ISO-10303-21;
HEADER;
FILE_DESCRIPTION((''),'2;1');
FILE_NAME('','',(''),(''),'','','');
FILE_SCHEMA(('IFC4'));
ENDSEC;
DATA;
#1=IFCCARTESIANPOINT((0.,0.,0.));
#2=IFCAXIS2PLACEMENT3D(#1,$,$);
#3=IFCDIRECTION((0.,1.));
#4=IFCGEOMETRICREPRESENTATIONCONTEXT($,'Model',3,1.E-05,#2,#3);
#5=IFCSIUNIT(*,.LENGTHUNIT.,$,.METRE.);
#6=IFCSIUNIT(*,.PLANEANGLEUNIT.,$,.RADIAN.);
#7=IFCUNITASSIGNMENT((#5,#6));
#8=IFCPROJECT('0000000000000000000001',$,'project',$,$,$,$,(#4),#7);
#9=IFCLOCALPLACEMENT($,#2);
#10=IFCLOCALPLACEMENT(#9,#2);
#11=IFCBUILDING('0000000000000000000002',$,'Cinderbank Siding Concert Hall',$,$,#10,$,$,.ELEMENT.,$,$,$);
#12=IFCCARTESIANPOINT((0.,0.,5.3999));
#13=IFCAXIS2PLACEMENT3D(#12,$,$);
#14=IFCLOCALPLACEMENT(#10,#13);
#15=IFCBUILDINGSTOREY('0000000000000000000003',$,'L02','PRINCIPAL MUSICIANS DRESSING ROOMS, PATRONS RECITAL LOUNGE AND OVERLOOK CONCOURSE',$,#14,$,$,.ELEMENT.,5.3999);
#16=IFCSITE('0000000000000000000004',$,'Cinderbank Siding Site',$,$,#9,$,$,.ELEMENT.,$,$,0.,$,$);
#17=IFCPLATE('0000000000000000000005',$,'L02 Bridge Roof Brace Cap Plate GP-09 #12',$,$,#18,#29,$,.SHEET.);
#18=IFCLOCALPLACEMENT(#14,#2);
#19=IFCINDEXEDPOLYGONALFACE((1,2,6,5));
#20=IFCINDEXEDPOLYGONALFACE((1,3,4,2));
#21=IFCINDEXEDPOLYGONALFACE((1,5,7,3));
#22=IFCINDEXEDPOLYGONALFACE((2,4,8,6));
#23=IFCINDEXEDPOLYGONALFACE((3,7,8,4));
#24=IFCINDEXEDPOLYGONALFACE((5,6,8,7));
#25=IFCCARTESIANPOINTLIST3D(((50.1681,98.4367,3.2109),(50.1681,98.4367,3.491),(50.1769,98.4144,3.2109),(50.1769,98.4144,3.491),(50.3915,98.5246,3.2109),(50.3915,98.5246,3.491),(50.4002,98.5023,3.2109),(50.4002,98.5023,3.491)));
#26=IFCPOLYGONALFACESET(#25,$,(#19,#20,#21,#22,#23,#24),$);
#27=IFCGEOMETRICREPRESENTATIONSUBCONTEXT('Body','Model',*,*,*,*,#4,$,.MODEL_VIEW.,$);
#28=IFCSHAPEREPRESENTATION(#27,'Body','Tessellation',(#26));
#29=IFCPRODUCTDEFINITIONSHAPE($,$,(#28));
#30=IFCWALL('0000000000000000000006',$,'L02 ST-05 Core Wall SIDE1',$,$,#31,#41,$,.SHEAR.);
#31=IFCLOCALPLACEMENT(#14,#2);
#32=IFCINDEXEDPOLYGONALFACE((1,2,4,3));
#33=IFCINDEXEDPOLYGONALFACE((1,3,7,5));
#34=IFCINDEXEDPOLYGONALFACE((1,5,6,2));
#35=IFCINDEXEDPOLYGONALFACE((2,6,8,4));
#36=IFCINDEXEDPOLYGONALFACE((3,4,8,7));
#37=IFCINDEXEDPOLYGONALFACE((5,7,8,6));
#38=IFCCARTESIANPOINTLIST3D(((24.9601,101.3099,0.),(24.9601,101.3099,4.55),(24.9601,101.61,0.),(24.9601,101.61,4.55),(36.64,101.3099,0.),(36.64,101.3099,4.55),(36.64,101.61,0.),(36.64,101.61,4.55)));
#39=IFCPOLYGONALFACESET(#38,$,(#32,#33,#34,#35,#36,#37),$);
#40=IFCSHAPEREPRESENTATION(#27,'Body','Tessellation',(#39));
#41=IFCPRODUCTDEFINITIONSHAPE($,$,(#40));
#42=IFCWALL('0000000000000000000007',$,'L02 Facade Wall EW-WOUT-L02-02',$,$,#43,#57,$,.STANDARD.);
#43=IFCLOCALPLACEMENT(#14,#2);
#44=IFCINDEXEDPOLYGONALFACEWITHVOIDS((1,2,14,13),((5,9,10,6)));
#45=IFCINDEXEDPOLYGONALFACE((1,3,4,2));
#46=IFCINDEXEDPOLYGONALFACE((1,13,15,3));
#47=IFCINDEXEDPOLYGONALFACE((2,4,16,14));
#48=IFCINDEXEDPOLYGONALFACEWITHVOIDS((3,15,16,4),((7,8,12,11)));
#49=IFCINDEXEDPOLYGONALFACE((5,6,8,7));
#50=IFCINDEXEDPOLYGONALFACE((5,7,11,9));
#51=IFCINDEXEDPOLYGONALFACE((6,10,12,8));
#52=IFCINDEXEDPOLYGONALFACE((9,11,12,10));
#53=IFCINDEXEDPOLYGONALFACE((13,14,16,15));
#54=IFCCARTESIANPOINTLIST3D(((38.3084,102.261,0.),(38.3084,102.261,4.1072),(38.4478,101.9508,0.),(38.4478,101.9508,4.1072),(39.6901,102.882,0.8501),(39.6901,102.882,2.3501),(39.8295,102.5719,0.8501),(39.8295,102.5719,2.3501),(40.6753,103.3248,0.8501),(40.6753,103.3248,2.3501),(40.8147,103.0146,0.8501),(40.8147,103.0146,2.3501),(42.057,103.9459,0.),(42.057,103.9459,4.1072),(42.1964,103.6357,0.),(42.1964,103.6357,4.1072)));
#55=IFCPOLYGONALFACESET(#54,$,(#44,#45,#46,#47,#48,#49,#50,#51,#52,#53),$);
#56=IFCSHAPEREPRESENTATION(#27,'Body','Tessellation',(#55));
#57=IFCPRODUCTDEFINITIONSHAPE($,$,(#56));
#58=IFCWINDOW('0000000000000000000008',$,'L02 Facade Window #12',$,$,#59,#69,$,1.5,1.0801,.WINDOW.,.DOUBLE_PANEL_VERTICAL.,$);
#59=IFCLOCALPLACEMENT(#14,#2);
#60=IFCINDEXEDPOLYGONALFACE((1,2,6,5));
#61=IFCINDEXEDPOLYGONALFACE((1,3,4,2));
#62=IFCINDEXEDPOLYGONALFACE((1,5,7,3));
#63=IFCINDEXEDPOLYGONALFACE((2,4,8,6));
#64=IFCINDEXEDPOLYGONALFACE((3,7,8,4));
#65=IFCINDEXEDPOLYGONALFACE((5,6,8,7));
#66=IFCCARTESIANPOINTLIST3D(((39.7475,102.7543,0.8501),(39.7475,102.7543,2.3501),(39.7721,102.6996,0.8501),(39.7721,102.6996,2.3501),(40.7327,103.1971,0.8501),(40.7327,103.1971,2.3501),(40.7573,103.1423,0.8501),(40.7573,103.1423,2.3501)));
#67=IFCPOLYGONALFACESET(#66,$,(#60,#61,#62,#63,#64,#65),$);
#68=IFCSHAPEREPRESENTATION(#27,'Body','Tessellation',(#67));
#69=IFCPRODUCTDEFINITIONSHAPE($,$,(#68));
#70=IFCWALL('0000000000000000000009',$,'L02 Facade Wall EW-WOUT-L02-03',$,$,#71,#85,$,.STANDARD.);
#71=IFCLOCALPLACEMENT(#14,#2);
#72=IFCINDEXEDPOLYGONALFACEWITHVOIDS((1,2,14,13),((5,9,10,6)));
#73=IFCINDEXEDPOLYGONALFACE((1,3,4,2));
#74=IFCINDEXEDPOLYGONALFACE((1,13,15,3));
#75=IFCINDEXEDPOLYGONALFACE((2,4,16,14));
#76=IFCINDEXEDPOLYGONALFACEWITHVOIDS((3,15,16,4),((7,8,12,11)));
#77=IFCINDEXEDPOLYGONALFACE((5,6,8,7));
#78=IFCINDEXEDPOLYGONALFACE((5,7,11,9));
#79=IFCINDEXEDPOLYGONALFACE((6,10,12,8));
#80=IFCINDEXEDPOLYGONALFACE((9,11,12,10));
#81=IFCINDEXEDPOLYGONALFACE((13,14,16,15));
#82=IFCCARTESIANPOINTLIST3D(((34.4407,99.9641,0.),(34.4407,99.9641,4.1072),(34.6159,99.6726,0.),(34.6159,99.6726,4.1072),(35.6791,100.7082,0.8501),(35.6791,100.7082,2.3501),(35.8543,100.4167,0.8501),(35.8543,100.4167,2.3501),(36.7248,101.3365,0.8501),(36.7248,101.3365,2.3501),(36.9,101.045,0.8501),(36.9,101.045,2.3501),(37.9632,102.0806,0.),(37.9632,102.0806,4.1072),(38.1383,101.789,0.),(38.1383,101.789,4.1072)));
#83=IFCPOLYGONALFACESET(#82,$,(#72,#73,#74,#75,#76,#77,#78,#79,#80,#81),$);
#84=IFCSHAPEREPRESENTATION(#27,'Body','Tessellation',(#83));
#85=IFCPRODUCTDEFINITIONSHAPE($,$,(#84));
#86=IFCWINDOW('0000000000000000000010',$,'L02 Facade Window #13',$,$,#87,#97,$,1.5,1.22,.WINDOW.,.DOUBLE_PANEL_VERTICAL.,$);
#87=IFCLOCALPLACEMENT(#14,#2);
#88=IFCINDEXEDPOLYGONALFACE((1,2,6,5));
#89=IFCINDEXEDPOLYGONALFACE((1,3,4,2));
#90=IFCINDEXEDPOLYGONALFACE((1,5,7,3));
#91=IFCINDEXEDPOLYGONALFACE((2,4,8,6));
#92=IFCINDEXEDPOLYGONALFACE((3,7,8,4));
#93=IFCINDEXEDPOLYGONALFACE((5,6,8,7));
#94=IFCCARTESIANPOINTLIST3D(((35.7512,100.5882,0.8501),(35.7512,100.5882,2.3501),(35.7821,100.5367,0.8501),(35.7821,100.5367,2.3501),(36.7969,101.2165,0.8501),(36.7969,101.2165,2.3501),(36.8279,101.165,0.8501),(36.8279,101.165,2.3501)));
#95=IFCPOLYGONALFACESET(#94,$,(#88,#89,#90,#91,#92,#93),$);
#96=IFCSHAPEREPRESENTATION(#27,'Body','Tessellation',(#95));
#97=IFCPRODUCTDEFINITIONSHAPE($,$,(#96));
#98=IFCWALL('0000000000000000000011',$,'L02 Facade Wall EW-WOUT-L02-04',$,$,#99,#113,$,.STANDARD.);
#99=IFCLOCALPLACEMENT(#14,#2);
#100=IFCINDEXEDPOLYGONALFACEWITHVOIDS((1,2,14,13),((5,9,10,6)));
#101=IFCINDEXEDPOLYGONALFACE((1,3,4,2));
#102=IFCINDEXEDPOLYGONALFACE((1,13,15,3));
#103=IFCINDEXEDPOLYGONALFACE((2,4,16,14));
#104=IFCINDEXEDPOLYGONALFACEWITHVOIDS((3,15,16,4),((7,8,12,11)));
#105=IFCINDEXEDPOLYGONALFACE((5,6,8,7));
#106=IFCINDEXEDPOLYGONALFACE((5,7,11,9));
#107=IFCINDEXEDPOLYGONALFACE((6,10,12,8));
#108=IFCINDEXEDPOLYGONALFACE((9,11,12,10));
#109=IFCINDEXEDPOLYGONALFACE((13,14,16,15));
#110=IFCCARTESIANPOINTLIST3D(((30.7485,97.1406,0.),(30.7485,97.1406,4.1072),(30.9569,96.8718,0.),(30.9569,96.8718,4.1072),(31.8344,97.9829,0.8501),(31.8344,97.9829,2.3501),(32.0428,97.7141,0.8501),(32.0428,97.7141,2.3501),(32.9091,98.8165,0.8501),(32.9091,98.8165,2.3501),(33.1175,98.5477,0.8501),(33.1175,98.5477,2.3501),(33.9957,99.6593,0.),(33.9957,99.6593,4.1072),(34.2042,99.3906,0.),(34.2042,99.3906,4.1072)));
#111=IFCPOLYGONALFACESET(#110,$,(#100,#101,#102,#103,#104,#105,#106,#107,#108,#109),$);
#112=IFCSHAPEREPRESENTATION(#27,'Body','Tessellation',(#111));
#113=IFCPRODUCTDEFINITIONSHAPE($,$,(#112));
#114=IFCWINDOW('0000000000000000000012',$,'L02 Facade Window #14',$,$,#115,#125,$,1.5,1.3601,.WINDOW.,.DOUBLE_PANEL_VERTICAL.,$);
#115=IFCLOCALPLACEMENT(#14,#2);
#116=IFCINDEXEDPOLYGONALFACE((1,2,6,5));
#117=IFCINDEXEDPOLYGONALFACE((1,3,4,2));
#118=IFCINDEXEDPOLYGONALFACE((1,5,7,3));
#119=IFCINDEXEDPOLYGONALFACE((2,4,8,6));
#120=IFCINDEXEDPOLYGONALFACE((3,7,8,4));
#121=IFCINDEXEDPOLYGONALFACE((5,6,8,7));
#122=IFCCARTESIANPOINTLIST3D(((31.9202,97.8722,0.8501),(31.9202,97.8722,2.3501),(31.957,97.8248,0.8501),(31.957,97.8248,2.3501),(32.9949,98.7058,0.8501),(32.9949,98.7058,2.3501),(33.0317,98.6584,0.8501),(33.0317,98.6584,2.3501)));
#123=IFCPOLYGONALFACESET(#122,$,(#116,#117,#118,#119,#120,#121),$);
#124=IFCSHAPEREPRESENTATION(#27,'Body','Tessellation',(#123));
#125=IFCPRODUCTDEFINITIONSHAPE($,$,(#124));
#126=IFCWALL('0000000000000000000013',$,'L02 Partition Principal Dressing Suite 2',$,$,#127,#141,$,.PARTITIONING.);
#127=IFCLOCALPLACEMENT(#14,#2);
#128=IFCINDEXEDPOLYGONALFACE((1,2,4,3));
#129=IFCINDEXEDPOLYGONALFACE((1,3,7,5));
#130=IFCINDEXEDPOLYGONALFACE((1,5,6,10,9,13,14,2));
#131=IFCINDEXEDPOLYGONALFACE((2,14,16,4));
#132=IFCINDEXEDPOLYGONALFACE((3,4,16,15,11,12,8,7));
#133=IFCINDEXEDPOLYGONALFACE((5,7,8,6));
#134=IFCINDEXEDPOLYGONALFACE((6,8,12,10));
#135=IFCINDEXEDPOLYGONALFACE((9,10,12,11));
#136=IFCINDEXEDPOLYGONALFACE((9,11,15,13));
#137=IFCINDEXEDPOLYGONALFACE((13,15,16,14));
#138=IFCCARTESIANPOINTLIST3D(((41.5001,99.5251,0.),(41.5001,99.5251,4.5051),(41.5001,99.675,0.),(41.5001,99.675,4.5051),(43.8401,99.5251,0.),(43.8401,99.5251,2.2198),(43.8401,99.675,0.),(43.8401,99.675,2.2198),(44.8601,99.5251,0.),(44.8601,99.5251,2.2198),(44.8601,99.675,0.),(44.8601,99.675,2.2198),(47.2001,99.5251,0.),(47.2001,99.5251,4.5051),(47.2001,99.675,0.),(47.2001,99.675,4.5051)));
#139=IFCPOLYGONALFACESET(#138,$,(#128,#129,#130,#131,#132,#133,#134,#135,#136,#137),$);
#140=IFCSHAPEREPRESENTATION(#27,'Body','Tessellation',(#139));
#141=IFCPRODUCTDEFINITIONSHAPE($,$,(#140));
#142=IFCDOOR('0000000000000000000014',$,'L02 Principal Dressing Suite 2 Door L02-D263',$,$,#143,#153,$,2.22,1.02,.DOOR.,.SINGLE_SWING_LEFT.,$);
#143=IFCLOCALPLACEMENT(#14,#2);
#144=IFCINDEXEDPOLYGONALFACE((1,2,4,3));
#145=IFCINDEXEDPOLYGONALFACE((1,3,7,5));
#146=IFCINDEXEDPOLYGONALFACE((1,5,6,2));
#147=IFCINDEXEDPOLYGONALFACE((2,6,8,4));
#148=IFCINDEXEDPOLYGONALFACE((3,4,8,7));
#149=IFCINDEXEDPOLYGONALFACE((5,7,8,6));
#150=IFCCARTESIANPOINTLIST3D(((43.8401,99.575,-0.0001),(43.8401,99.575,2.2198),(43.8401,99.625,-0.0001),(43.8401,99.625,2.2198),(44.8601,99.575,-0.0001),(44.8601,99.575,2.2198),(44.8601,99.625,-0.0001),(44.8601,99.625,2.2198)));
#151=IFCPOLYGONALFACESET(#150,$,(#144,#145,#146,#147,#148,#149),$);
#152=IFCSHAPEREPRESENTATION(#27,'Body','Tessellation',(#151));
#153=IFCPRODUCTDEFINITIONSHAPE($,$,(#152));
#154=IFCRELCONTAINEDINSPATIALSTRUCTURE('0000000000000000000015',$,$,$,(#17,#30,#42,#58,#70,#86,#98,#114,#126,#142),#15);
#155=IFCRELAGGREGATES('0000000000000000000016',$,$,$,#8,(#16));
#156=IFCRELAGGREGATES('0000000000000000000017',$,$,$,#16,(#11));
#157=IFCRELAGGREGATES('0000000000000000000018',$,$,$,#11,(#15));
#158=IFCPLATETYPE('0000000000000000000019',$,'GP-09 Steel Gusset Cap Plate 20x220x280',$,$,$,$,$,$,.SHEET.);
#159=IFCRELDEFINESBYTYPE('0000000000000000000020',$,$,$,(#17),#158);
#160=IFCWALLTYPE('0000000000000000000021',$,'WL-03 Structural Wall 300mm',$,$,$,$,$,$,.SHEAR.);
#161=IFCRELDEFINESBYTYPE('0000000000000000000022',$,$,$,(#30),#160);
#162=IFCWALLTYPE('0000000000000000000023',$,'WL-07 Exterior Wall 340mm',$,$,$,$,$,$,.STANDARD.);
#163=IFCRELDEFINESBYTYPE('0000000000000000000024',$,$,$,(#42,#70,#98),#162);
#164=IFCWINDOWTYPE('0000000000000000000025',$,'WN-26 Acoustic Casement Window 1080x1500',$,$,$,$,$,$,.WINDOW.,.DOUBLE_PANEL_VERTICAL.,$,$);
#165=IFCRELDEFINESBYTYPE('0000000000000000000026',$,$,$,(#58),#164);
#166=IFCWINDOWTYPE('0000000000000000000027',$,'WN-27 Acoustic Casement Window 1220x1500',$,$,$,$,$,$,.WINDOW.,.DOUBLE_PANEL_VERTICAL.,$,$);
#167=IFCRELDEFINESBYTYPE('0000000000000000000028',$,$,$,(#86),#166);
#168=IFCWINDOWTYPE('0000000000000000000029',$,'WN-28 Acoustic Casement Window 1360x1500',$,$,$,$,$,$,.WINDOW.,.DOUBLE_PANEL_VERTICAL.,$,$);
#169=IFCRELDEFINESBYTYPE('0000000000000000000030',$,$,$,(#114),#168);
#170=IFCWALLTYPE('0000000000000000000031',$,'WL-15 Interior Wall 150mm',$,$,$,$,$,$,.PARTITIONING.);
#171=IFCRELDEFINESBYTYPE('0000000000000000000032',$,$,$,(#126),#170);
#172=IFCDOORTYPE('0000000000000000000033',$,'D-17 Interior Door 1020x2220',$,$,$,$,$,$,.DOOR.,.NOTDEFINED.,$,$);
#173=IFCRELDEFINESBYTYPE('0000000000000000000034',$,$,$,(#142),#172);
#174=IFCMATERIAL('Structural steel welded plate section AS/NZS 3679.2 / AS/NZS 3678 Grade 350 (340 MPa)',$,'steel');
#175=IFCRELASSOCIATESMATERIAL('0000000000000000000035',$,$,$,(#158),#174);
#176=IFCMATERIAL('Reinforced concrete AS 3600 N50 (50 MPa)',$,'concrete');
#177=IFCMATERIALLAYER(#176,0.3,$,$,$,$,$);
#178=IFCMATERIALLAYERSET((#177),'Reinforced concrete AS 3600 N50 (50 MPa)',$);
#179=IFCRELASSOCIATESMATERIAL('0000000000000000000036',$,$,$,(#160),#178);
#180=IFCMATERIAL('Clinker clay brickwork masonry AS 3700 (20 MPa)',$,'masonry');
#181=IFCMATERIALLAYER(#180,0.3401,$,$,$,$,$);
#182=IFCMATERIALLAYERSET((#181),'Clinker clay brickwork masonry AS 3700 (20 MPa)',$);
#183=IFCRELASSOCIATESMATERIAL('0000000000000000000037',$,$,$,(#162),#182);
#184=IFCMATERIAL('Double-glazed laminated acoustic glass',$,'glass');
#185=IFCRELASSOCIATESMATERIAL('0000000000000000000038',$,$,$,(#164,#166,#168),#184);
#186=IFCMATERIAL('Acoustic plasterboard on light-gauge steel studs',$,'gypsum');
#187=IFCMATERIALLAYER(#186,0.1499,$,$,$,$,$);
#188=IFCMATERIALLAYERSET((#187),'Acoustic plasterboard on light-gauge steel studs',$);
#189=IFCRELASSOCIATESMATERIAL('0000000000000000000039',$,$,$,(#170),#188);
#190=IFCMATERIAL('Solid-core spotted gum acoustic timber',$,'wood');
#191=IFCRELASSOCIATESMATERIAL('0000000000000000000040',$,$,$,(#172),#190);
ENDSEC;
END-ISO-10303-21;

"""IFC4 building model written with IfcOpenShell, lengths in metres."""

from ifc_helpers import new_model, si_unit, direction, frame, frame_2d, origin, origin_2d, place, context, subcontext, project, spatial, rectangle, extrude, material, layer, layer_set, type_object, element, fill, save


model = new_model("IFC4")

# Units and contexts
model_context = context("Model", 3, precision=1e-05, world=origin(), true_north=direction((0.0, 1.0)))
body_context = subcontext(model_context, "Body", "Model", "MODEL_VIEW")
ifc_project = project(units=[si_unit("LENGTHUNIT", "METRE"), si_unit("PLANEANGLEUNIT", "RADIAN")], contexts=[model_context])

# Site, building, storey
site_placement = place(None, origin())
site = spatial("IfcSite", under=ifc_project, at=site_placement, Name="Cinderbank Siding Site", CompositionType="ELEMENT", RefElevation=0.0)
building_placement = place(site_placement, origin())
building = spatial("IfcBuilding", under=site, at=building_placement, Name="Cinderbank Siding Concert Hall", CompositionType="ELEMENT")
storey_placement = place(building_placement, frame((0.0, 0.0, 5.3999)))
storey = spatial("IfcBuildingStorey", under=building, at=storey_placement, Name="L02", Description="PRINCIPAL MUSICIANS DRESSING ROOMS, PATRONS RECITAL LOUNGE AND OVERLOOK CONCOURSE", CompositionType="ELEMENT", Elevation=5.3999)

# Shared definitions
ifc_material_1 = material(Name="Reinforced concrete AS 3600 N50 (50 MPa)", Category="concrete")

# Shared definitions
ifc_material_2 = material(Name="Structural steel welded plate section AS/NZS 3679.2 / AS/NZS 3678 Grade 350 (340 MPa)", Category="steel")

# Plate
plate_type = type_object("IfcPlateType", Name="GP-09 Steel Gusset Cap Plate 20x220x280", PredefinedType="SHEET", material=ifc_material_2)
plate_placement = place(storey_placement, frame((50.2842, 98.4695, 3.2109), z_axis=(0.0, 0.0, 1.0), x_axis=(0.366339, -0.930482, 0.0)))
element("IfcPlate", 1, at=plate_placement, inside=storey, type_object=plate_type, Name="L02 Bridge Roof Brace Cap Plate GP-09 #12", PredefinedType="SHEET", context=body_context, shape_type="SweptSolid", body=[
    extrude(rectangle(XDim=0.0239, YDim=0.24, at=origin_2d()), origin(), (0.0, 0.0, 1.0), 0.28),
])

# Wall
ifc_layer_1 = layer(ifc_material_1, 0.3)
ifc_layer_set_1 = layer_set([ifc_layer_1], Name="Reinforced concrete AS 3600 N50 (50 MPa)")
wall_type_1 = type_object("IfcWallType", Name="WL-03 Structural Wall 300mm", PredefinedType="SHEAR", material=ifc_layer_set_1)
wall_1_placement = place(storey_placement, frame((36.6399, 101.46, 0.0), z_axis=(0.0, 0.0, 1.0), x_axis=(-1.0, 0.0, 0.0)))
element("IfcWall", 2, at=wall_1_placement, inside=storey, type_object=wall_type_1, Name="L02 ST-05 Core Wall SIDE1", PredefinedType="SHEAR", context=body_context, shape_type="SweptSolid", body=[
    extrude(rectangle(XDim=11.6799, YDim=0.3, at=frame_2d((5.8398, 0.0))), origin(), (0.0, 0.0, 1.0), 4.55),
])

# Walls, openings, windows
ifc_material_3 = material(Name="Clinker clay brickwork masonry AS 3700 (20 MPa)", Category="masonry")
ifc_layer_2 = layer(ifc_material_3, 0.3401)
ifc_layer_set_2 = layer_set([ifc_layer_2], Name="Clinker clay brickwork masonry AS 3700 (20 MPa)")
wall_type_2 = type_object("IfcWallType", Name="WL-07 Exterior Wall 340mm", PredefinedType="STANDARD", material=ifc_layer_set_2)
wall_2_placement = place(storey_placement, frame((42.1267, 103.7908, 0.0), z_axis=(0.0, 0.0, 1.0), x_axis=(-0.912106, -0.409955, 0.0)))
wall_2 = element("IfcWall", 3, at=wall_2_placement, inside=storey, type_object=wall_type_2, Name="L02 Facade Wall EW-WOUT-L02-02", PredefinedType="STANDARD", context=body_context, shape_type="SweptSolid", body=[
    extrude(rectangle(XDim=4.1099, YDim=0.3401, at=frame_2d((2.0549, 0.0))), origin(), (0.0, 0.0, 1.0), 4.1072),
])
opening_1_placement = place(wall_2_placement, frame((1.5149, 0.0, 0.8501)))
opening_1 = element("IfcOpeningElement", 4, at=opening_1_placement, cuts=wall_2, PredefinedType="OPENING", context=body_context, shape_type="SweptSolid", body=[
    extrude(rectangle(XDim=1.0801, YDim=1.5, at=frame_2d((0.54, 0.75))), frame((0.0, 0.1821, 0.0), z_axis=(0.0, -1.0, 0.0), x_axis=(1.0, 0.0, 0.0)), (0.0, 0.0, 1.0), 0.364),
])
ifc_material_4 = material(Name="Double-glazed laminated acoustic glass", Category="glass")
window_type_1 = type_object("IfcWindowType", Name="WN-26 Acoustic Casement Window 1080x1500", PartitioningType="DOUBLE_PANEL_VERTICAL", PredefinedType="WINDOW", material=ifc_material_4)
window_1_placement = place(opening_1_placement, origin())
window_1 = element("IfcWindow", 5, at=window_1_placement, inside=storey, type_object=window_type_1, Name="L02 Facade Window #12", OverallHeight=1.5, OverallWidth=1.0801, PartitioningType="DOUBLE_PANEL_VERTICAL", PredefinedType="WINDOW", context=body_context, shape_type="SweptSolid", body=[
    extrude(rectangle(XDim=1.0801, YDim=1.5, at=frame_2d((0.54, 0.75))), frame((0.0, 0.03, 0.0), z_axis=(0.0, -1.0, 0.0), x_axis=(1.0, 0.0, 0.0)), (0.0, 0.0, 1.0), 0.0601),
])
fill(opening_1, window_1)
wall_3_placement = place(storey_placement, frame((34.5283, 99.8184, 0.0), z_axis=(0.0, 0.0, 1.0), x_axis=(0.857173, 0.515029, 0.0)))
wall_3 = element("IfcWall", 6, at=wall_3_placement, inside=storey, type_object=wall_type_2, Name="L02 Facade Wall EW-WOUT-L02-03", PredefinedType="STANDARD", context=body_context, shape_type="SweptSolid", body=[
    extrude(rectangle(XDim=4.1094, YDim=0.3401, at=frame_2d((2.0547, 0.0))), origin(), (0.0, 0.0, 1.0), 4.1072),
])
opening_2_placement = place(wall_3_placement, frame((1.4448, 0.0, 0.8501)))
opening_2 = element("IfcOpeningElement", 7, at=opening_2_placement, cuts=wall_3, PredefinedType="OPENING", context=body_context, shape_type="SweptSolid", body=[
    extrude(rectangle(XDim=1.22, YDim=1.5, at=frame_2d((0.6099, 0.75))), frame((0.0, 0.1821, 0.0), z_axis=(0.0, -1.0, 0.0), x_axis=(1.0, 0.0, 0.0)), (0.0, 0.0, 1.0), 0.364),
])
window_type_2 = type_object("IfcWindowType", Name="WN-27 Acoustic Casement Window 1220x1500", PartitioningType="DOUBLE_PANEL_VERTICAL", PredefinedType="WINDOW", material=ifc_material_4)
window_2_placement = place(opening_2_placement, origin())
window_2 = element("IfcWindow", 8, at=window_2_placement, inside=storey, type_object=window_type_2, Name="L02 Facade Window #13", OverallHeight=1.5, OverallWidth=1.22, PartitioningType="DOUBLE_PANEL_VERTICAL", PredefinedType="WINDOW", context=body_context, shape_type="SweptSolid", body=[
    extrude(rectangle(XDim=1.22, YDim=1.5, at=frame_2d((0.6099, 0.75))), frame((0.0, 0.03, 0.0), z_axis=(0.0, -1.0, 0.0), x_axis=(1.0, 0.0, 0.0)), (0.0, 0.0, 1.0), 0.0601),
])
fill(opening_2, window_2)
wall_4_placement = place(storey_placement, frame((34.0999, 99.5249, 0.0), z_axis=(0.0, 0.0, 1.0), x_axis=(-0.790164, -0.612895, 0.0)))
wall_4 = element("IfcWall", 9, at=wall_4_placement, inside=storey, type_object=wall_type_2, Name="L02 Facade Wall EW-WOUT-L02-04", PredefinedType="STANDARD", context=body_context, shape_type="SweptSolid", body=[
    extrude(rectangle(XDim=4.1096, YDim=0.3401, at=frame_2d((2.0547, 0.0))), origin(), (0.0, 0.0, 1.0), 4.1072),
])
opening_3_placement = place(wall_4_placement, frame((1.375, 0.0, 0.8501)))
opening_3 = element("IfcOpeningElement", 10, at=opening_3_placement, cuts=wall_4, PredefinedType="OPENING", context=body_context, shape_type="SweptSolid", body=[
    extrude(rectangle(XDim=1.3601, YDim=1.5, at=frame_2d((0.6802, 0.75))), frame((0.0, 0.1821, 0.0), z_axis=(0.0, -1.0, 0.0), x_axis=(1.0, 0.0, 0.0)), (0.0, 0.0, 1.0), 0.364),
])
window_type_3 = type_object("IfcWindowType", Name="WN-28 Acoustic Casement Window 1360x1500", PartitioningType="DOUBLE_PANEL_VERTICAL", PredefinedType="WINDOW", material=ifc_material_4)
window_3_placement = place(opening_3_placement, origin())
window_3 = element("IfcWindow", 11, at=window_3_placement, inside=storey, type_object=window_type_3, Name="L02 Facade Window #14", OverallHeight=1.5, OverallWidth=1.3601, PartitioningType="DOUBLE_PANEL_VERTICAL", PredefinedType="WINDOW", context=body_context, shape_type="SweptSolid", body=[
    extrude(rectangle(XDim=1.3601, YDim=1.5, at=frame_2d((0.6802, 0.75))), frame((0.0, 0.03, 0.0), z_axis=(0.0, -1.0, 0.0), x_axis=(1.0, 0.0, 0.0)), (0.0, 0.0, 1.0), 0.0601),
])
fill(opening_3, window_3)

# Wall, opening, door
ifc_material_5 = material(Name="Acoustic plasterboard on light-gauge steel studs", Category="gypsum")
ifc_layer_3 = layer(ifc_material_5, 0.1499)
ifc_layer_set_3 = layer_set([ifc_layer_3], Name="Acoustic plasterboard on light-gauge steel studs")
wall_type_3 = type_object("IfcWallType", Name="WL-15 Interior Wall 150mm", PredefinedType="PARTITIONING", material=ifc_layer_set_3)
wall_5_placement = place(storey_placement, frame((41.5, 99.6001, 0.0), z_axis=(0.0, 0.0, 1.0), x_axis=(1.0, 0.0, 0.0)))
wall_5 = element("IfcWall", 12, at=wall_5_placement, inside=storey, type_object=wall_type_3, Name="L02 Partition Principal Dressing Suite 2", PredefinedType="PARTITIONING", context=body_context, shape_type="SweptSolid", body=[
    extrude(rectangle(XDim=5.7, YDim=0.1499, at=frame_2d((2.8501, 0.0))), origin(), (0.0, 0.0, 1.0), 4.5051),
])
opening_4_placement = place(wall_5_placement, frame((2.3401, 0.0, 0.0)))
opening_4 = element("IfcOpeningElement", 13, at=opening_4_placement, cuts=wall_5, PredefinedType="OPENING", context=body_context, shape_type="SweptSolid", body=[
    extrude(rectangle(XDim=1.02, YDim=2.22, at=frame_2d((0.51, 1.1099))), frame((0.0, 0.0869, 0.0), z_axis=(0.0, -1.0, 0.0), x_axis=(1.0, 0.0, 0.0)), (0.0, 0.0, 1.0), 0.1738),
])
ifc_material_6 = material(Name="Solid-core spotted gum acoustic timber", Category="wood")
door_type = type_object("IfcDoorType", Name="D-17 Interior Door 1020x2220", OperationType="NOTDEFINED", PredefinedType="DOOR", material=ifc_material_6)
door_placement = place(opening_4_placement, origin())
door = element("IfcDoor", 14, at=door_placement, inside=storey, type_object=door_type, Name="L02 Principal Dressing Suite 2 Door L02-D263", OperationType="SINGLE_SWING_LEFT", OverallHeight=2.22, OverallWidth=1.02, PredefinedType="DOOR", context=body_context, shape_type="SweptSolid", body=[
    extrude(rectangle(XDim=1.02, YDim=2.22, at=frame_2d((0.51, 1.1099))), frame((0.0, 0.0249, 0.0), z_axis=(0.0, -1.0, 0.0), x_axis=(1.0, 0.0, 0.0)), (0.0, 0.0, 1.0), 0.05),
])
fill(opening_4, door)

save(model, "model.ifc")
